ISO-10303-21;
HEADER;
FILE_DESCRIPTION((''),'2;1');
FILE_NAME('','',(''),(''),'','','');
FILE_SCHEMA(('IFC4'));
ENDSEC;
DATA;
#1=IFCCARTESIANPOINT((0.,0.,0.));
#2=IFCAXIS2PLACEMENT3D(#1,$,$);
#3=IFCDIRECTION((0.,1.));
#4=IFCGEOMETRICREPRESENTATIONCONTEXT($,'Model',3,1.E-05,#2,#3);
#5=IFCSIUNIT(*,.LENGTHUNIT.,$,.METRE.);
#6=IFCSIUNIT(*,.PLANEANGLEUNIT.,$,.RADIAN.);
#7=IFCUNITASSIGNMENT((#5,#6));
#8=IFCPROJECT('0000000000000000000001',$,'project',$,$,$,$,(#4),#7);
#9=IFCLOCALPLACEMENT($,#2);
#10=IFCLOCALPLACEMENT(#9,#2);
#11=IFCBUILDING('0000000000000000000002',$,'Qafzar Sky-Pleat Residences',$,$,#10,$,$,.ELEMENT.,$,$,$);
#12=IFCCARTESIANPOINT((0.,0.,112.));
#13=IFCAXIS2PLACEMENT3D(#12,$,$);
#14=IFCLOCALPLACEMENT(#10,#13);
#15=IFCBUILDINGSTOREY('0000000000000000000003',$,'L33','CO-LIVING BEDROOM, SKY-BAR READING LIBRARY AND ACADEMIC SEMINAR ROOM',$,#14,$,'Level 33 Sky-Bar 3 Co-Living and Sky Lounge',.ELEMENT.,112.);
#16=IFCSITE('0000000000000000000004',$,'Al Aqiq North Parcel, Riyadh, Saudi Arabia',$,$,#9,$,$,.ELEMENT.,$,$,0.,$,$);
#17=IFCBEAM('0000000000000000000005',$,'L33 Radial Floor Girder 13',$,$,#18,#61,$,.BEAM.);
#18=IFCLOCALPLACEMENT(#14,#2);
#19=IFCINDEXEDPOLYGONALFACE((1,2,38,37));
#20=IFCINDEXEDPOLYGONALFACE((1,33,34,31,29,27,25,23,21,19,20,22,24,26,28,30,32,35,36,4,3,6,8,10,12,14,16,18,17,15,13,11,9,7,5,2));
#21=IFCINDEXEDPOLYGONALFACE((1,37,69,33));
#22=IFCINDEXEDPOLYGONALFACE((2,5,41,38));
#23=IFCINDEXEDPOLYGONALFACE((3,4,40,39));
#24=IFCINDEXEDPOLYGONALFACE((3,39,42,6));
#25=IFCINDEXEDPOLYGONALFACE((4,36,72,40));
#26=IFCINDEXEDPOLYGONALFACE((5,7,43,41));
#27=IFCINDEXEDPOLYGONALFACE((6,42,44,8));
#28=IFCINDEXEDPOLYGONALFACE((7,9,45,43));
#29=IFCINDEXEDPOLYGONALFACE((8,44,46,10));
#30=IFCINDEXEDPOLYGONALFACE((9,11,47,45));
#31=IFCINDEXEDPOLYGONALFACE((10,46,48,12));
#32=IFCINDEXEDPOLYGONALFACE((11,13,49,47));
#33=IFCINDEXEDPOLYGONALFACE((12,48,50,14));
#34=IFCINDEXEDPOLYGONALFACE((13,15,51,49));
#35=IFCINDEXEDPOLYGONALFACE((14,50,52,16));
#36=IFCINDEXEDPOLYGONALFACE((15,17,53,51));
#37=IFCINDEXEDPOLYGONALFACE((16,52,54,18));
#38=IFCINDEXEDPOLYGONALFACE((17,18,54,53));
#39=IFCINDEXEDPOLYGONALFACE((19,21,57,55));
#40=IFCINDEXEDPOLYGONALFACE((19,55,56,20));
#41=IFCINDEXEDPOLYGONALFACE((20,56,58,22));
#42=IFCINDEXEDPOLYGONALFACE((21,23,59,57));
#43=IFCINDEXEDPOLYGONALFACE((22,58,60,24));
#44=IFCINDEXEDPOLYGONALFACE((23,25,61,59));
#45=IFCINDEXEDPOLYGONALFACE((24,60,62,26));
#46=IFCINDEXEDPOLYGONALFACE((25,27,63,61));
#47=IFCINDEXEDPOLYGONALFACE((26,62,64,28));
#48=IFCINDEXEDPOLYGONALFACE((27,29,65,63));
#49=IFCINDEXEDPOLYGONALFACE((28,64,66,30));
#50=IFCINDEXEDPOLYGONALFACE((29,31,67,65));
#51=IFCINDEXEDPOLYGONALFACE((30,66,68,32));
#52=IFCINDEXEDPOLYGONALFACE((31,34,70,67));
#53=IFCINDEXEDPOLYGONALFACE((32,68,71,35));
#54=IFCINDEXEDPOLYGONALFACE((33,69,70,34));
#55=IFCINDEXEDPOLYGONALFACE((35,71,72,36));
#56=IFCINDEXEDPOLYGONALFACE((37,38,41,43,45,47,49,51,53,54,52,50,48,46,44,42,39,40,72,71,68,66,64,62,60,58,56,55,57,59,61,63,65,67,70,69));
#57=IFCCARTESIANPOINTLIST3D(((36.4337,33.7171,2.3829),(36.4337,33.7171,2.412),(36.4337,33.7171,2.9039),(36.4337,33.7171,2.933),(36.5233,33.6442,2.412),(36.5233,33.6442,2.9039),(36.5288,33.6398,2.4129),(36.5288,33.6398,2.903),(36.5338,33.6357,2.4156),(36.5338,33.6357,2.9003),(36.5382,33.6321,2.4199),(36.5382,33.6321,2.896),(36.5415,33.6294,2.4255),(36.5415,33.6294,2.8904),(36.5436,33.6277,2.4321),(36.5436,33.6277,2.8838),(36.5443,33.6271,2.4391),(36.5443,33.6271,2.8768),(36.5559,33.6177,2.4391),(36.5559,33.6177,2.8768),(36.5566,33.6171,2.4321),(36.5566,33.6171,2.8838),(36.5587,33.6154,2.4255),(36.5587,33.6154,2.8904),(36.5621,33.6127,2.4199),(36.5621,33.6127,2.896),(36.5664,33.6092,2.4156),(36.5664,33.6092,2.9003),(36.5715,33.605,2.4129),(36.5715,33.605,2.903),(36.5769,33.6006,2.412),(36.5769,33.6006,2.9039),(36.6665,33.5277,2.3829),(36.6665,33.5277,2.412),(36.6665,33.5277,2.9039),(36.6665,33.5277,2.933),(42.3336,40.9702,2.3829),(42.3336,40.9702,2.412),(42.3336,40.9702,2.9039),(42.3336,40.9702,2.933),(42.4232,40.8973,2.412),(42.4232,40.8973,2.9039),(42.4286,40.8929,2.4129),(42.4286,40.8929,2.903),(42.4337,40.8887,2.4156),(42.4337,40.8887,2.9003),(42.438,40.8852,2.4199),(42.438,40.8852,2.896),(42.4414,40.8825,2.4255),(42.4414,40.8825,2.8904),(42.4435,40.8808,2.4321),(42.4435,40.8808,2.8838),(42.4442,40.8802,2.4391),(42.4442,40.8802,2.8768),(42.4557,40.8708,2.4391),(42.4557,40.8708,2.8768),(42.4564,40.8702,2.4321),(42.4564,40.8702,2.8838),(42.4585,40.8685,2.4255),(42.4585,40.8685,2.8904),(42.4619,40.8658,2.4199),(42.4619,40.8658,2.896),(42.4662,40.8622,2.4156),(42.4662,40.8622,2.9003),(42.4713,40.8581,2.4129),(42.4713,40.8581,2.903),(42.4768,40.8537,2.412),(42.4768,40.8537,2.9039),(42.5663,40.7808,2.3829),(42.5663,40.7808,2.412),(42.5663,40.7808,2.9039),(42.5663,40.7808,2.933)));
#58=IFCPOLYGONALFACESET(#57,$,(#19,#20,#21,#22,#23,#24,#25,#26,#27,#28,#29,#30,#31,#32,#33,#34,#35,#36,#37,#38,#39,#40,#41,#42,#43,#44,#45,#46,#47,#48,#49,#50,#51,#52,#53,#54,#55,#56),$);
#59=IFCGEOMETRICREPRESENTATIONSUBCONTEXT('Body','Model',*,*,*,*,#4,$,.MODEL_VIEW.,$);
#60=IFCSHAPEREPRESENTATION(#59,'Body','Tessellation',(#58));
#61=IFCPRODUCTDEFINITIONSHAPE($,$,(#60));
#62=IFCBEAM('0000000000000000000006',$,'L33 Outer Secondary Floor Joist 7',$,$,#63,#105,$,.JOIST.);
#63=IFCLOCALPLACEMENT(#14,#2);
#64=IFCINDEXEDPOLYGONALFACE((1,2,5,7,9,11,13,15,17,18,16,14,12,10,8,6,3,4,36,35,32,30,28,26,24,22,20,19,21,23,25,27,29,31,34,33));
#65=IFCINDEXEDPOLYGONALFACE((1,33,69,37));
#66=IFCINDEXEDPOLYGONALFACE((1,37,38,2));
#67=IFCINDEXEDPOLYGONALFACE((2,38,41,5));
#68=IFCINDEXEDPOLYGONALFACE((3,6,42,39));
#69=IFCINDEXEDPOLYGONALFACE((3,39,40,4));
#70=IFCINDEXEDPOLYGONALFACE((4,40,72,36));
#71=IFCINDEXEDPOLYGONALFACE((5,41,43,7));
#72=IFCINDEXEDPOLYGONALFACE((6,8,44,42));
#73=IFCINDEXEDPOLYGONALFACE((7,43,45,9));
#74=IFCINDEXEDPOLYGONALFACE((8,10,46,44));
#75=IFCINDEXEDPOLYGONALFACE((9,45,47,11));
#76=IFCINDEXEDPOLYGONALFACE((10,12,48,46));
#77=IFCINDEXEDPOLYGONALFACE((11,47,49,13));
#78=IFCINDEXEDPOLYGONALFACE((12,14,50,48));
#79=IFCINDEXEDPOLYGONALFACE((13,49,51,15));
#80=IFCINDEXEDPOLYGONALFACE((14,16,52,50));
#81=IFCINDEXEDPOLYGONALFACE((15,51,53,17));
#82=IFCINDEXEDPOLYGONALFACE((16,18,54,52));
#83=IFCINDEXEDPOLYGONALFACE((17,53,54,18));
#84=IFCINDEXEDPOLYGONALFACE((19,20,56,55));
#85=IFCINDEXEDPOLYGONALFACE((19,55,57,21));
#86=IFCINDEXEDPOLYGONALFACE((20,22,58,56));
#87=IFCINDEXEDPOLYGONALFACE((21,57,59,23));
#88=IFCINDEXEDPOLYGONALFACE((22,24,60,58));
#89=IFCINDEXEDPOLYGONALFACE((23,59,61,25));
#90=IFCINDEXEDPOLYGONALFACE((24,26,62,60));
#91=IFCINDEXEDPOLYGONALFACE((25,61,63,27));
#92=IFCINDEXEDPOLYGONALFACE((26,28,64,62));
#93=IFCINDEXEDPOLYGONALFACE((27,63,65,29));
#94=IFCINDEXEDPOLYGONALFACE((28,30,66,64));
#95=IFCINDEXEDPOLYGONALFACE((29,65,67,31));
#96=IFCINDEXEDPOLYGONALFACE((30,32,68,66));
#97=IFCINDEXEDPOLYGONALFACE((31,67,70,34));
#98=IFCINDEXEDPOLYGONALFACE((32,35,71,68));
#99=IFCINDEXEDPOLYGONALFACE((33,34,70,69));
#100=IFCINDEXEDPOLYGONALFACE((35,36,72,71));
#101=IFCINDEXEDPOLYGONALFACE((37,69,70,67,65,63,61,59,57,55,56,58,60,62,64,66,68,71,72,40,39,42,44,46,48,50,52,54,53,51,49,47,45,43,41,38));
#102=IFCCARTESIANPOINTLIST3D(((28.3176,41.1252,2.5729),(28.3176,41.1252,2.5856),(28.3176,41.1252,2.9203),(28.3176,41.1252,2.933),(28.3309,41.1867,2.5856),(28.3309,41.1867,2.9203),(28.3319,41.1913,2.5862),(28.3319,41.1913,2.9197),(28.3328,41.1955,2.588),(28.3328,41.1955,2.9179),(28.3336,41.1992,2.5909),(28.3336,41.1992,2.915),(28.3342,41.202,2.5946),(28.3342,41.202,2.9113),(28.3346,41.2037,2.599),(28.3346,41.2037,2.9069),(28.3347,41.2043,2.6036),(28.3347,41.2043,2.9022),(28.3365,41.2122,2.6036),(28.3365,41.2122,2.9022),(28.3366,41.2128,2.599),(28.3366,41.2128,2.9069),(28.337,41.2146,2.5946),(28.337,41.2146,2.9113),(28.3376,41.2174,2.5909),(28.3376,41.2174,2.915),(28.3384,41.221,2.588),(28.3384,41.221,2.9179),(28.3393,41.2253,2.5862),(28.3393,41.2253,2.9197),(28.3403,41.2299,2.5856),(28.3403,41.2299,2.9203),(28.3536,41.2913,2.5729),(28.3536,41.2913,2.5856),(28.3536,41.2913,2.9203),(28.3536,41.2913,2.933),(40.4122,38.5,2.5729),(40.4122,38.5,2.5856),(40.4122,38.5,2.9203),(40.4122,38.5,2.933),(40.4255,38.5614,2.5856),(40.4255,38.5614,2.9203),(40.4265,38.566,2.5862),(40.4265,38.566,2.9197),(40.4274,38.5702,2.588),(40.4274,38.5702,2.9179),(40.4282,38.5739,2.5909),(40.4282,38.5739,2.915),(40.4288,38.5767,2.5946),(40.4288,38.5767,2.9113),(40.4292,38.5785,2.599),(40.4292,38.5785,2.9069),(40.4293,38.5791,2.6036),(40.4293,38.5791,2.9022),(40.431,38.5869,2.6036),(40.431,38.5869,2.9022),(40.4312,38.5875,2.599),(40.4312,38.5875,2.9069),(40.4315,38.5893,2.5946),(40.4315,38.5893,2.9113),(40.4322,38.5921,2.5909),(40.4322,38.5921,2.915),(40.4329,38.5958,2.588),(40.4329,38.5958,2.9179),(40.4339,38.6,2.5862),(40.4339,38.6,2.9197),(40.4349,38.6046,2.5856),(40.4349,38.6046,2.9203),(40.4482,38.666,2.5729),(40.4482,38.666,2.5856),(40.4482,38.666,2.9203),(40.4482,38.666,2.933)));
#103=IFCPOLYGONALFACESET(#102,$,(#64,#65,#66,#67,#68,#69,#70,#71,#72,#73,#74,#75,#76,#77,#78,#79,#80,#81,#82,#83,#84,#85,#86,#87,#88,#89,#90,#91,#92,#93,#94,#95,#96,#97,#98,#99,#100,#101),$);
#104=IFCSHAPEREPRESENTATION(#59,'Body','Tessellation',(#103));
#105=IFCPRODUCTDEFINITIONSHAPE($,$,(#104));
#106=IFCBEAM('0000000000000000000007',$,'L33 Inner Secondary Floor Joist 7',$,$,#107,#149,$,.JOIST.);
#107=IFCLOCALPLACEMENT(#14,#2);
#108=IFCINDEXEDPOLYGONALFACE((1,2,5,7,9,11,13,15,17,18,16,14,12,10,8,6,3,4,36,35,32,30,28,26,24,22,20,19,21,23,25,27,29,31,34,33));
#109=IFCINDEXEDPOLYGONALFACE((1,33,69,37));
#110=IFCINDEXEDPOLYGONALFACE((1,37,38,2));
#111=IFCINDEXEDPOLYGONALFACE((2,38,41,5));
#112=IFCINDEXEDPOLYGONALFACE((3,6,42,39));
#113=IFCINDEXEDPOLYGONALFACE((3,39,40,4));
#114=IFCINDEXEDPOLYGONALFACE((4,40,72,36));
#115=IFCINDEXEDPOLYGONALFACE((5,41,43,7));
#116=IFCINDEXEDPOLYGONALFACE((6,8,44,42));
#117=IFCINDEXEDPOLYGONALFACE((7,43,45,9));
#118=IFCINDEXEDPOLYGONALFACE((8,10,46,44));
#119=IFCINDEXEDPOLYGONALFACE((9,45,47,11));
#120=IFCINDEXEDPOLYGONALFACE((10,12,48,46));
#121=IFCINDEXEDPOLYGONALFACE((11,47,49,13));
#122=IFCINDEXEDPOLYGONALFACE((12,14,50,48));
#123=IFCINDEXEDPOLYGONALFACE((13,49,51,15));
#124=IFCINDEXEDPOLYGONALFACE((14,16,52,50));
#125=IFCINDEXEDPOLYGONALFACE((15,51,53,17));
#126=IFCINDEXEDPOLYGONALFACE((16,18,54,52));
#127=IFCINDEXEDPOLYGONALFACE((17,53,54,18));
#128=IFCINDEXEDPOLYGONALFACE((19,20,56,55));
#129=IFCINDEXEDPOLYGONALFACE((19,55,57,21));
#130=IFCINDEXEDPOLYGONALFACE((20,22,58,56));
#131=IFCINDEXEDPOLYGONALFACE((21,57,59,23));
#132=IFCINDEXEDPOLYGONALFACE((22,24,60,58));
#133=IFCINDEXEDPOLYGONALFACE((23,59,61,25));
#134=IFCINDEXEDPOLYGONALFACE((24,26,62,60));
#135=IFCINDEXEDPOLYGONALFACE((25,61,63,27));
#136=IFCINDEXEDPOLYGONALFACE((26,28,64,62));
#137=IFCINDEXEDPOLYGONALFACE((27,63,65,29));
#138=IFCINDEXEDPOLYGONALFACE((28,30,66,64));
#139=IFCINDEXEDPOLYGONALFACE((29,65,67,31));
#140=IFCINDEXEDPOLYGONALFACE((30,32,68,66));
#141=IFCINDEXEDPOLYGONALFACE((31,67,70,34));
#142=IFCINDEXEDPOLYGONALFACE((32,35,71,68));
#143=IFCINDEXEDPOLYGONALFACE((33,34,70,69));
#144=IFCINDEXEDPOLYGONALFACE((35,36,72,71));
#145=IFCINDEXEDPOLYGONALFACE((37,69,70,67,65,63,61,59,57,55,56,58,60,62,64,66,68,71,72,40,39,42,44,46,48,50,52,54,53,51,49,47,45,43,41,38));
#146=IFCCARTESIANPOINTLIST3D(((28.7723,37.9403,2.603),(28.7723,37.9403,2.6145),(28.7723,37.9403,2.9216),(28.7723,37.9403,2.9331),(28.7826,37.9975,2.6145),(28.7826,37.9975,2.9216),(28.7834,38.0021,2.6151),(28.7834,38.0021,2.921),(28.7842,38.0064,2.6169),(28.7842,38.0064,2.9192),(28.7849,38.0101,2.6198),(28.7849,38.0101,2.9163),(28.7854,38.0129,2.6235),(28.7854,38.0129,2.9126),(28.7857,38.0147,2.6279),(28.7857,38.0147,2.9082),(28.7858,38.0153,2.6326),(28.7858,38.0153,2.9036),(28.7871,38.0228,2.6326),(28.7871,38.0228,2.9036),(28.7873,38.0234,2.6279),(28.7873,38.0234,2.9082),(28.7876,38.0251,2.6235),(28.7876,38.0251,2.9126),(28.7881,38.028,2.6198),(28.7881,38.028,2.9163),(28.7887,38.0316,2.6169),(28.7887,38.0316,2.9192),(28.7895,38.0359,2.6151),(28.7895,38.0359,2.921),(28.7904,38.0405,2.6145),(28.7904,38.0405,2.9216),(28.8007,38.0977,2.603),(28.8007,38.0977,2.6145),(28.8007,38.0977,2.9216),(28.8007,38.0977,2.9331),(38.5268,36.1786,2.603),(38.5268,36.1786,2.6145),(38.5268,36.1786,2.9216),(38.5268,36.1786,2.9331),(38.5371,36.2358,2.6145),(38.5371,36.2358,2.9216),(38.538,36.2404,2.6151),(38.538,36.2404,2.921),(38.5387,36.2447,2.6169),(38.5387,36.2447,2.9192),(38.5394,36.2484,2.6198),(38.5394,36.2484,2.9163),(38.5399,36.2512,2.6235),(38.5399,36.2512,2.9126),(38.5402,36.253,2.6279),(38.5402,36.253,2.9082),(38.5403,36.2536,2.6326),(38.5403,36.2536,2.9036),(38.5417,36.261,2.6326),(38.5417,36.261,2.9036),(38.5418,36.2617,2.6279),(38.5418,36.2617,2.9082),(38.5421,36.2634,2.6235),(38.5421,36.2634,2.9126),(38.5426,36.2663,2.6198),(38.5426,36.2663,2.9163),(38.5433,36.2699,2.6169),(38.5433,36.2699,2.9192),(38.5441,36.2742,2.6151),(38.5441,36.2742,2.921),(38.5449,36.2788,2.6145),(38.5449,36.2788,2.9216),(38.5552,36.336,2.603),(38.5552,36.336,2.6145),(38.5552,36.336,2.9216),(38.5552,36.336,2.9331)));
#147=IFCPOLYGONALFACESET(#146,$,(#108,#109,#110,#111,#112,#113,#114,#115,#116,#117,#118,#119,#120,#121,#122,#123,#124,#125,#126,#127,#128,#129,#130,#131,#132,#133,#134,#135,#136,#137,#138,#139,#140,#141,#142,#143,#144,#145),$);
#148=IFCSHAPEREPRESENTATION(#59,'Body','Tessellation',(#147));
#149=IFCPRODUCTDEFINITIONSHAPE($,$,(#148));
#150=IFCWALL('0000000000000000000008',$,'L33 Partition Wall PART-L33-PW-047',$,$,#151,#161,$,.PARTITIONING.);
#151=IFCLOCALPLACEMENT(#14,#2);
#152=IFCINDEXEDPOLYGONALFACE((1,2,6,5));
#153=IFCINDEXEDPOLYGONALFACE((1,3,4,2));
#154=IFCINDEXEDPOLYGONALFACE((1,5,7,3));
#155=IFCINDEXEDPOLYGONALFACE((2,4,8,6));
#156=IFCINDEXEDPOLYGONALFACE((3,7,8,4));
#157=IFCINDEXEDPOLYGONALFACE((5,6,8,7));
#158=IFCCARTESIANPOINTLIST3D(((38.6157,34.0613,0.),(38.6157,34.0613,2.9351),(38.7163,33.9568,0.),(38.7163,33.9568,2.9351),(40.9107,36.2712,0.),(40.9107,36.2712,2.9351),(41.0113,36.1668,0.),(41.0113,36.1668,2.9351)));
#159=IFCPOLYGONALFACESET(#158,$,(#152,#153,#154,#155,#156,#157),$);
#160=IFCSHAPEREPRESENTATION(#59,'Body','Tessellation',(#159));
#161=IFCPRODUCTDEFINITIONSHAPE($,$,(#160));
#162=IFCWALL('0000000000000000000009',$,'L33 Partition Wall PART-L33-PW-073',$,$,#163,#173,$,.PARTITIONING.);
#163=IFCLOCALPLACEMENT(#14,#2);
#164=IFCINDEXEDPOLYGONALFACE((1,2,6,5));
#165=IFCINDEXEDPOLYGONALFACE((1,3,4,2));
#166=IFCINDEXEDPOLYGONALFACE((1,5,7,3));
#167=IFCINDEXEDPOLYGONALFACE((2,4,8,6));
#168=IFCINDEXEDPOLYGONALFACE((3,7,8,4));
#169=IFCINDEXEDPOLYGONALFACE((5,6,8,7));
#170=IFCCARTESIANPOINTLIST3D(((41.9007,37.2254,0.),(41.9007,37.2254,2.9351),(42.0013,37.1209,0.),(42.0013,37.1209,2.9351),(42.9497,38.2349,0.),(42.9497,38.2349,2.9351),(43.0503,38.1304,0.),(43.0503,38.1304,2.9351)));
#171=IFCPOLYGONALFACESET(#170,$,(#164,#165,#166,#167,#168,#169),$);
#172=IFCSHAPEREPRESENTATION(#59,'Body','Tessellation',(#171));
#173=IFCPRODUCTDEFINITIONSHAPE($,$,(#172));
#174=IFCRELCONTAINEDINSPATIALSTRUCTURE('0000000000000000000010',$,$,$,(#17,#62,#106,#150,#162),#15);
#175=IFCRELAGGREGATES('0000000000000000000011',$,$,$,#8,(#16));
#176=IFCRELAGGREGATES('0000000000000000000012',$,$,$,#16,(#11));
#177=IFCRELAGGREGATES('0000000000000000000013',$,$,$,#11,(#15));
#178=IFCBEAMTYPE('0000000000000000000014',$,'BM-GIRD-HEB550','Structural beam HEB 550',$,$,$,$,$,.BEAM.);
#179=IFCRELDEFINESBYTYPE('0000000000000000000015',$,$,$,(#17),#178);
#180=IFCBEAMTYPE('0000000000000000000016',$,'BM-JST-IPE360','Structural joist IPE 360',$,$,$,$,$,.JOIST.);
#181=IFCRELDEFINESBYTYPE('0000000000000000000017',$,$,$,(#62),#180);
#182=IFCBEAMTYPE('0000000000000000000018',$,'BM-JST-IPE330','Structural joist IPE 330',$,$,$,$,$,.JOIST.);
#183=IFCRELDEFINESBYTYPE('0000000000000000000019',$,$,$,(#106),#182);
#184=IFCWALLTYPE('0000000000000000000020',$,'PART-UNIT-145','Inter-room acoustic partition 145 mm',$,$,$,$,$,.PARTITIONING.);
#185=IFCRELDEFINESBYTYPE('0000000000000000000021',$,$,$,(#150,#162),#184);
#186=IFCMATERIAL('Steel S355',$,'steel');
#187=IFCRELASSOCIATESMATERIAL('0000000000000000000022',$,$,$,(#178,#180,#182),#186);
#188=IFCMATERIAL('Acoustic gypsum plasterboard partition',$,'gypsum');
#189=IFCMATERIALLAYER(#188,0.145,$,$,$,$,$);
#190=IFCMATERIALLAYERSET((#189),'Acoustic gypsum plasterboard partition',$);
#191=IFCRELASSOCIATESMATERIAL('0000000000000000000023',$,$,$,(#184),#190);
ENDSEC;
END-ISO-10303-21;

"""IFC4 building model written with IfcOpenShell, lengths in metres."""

from ifc_helpers import new_model, si_unit, direction, frame, frame_2d, origin, origin_2d, place, context, subcontext, project, spatial, rectangle, i_section, extrude, source, transform, mapped, material, layer, layer_set, material_profile, profile_set, type_object, element, save


model = new_model("IFC4")

# Units and contexts
model_context = context("Model", 3, precision=1e-05, world=origin(), true_north=direction((0.0, 1.0)))
body_context = subcontext(model_context, "Body", "Model", "MODEL_VIEW")
ifc_project = project(units=[si_unit("LENGTHUNIT", "METRE"), si_unit("PLANEANGLEUNIT", "RADIAN")], contexts=[model_context])

# Site, building, storey
site_placement = place(None, origin())
site = spatial("IfcSite", under=ifc_project, at=site_placement, Name="Al Aqiq North Parcel, Riyadh, Saudi Arabia", CompositionType="ELEMENT", RefElevation=0.0)
building_placement = place(site_placement, origin())
building = spatial("IfcBuilding", under=site, at=building_placement, Name="Qafzar Sky-Pleat Residences", CompositionType="ELEMENT")
storey_placement = place(building_placement, frame((0.0, 0.0, 112.0)))
storey = spatial("IfcBuildingStorey", under=building, at=storey_placement, Name="L33", Description="CO-LIVING BEDROOM, SKY-BAR READING LIBRARY AND ACADEMIC SEMINAR ROOM", LongName="Level 33 Sky-Bar 3 Co-Living and Sky Lounge", CompositionType="ELEMENT", Elevation=112.0)

# Beams
ifc_material_1 = material(Name="Steel S355", Category="steel")
ifc_material_profile_1 = material_profile(ifc_material_1, i_section(OverallWidth=0.3, OverallDepth=0.55, WebThickness=0.0149, FlangeThickness=0.0291, FilletRadius=0.0271, at=origin_2d()), Name="HEB 550")
ifc_profile_set_1 = profile_set([ifc_material_profile_1], Name="Steel S355")
beam_type_1 = type_object("IfcBeamType", Name="BM-GIRD-HEB550", Description="Structural beam HEB 550", PredefinedType="BEAM", material=ifc_profile_set_1)
shared_shape_1 = source(origin(), body_context, "Body", "SweptSolid", [
    extrude(i_section(OverallWidth=0.3, OverallDepth=0.55, WebThickness=0.0149, FlangeThickness=0.0291, FilletRadius=0.0271, at=origin_2d()), origin(), (0.0, 0.0, 1.0), 9.3496),
])
beam_1_placement = place(storey_placement, frame((42.45, 40.8755, 2.658), z_axis=(-0.631024, -0.775763, 0.0), x_axis=(0.775763, -0.631024, 0.0)))
element("IfcBeam", 1, at=beam_1_placement, inside=storey, type_object=beam_type_1, Name="L33 Radial Floor Girder 13", PredefinedType="BEAM", context=body_context, shape_type="MappedRepresentation", body=[
    mapped(shared_shape_1, transform((0.0, 0.0, 0.0), x_axis=(1.0, 0.0, 0.0), y_axis=(0.0, 1.0, 0.0), z_axis=(0.0, 0.0, 1.0), scale=1.0)),
])
ifc_material_profile_2 = material_profile(ifc_material_1, i_section(OverallWidth=0.1699, OverallDepth=0.3601, WebThickness=0.0081, FlangeThickness=0.0127, FilletRadius=0.0181, at=origin_2d()), Name="IPE 360")
ifc_profile_set_2 = profile_set([ifc_material_profile_2], Name="Steel S355")
beam_type_2 = type_object("IfcBeamType", Name="BM-JST-IPE360", Description="Structural joist IPE 360", PredefinedType="JOIST", material=ifc_profile_set_2)
shared_shape_2 = source(origin(), body_context, "Body", "SweptSolid", [
    extrude(i_section(OverallWidth=0.1699, OverallDepth=0.3601, WebThickness=0.0081, FlangeThickness=0.0127, FilletRadius=0.0181, at=origin_2d()), origin(), (0.0, 0.0, 1.0), 12.3762),
])
beam_2_placement = place(storey_placement, frame((40.4302, 38.583, 2.7529), z_axis=(-0.977243, 0.212122, 0.0), x_axis=(-0.212122, -0.977243, 0.0)))
element("IfcBeam", 2, at=beam_2_placement, inside=storey, type_object=beam_type_2, Name="L33 Outer Secondary Floor Joist 7", PredefinedType="JOIST", context=body_context, shape_type="MappedRepresentation", body=[
    mapped(shared_shape_2, transform((0.0, 0.0, 0.0), x_axis=(1.0, 0.0, 0.0), y_axis=(0.0, 1.0, 0.0), z_axis=(0.0, 0.0, 1.0), scale=1.0)),
])
ifc_material_profile_3 = material_profile(ifc_material_1, i_section(OverallWidth=0.1599, OverallDepth=0.3301, WebThickness=0.0076, FlangeThickness=0.0115, FilletRadius=0.0181, at=origin_2d()), Name="IPE 330")
ifc_profile_set_3 = profile_set([ifc_material_profile_3], Name="Steel S355")
beam_type_3 = type_object("IfcBeamType", Name="BM-JST-IPE330", Description="Structural joist IPE 330", PredefinedType="JOIST", material=ifc_profile_set_3)
shared_shape_3 = source(origin(), body_context, "Body", "SweptSolid", [
    extrude(i_section(OverallWidth=0.1599, OverallDepth=0.3301, WebThickness=0.0076, FlangeThickness=0.0115, FilletRadius=0.0181, at=origin_2d()), origin(), (0.0, 0.0, 1.0), 9.9124),
])
beam_3_placement = place(storey_placement, frame((38.541, 36.2573, 2.7681), z_axis=(-0.98408, 0.177728, 0.0), x_axis=(-0.177728, -0.98408, 0.0)))
element("IfcBeam", 3, at=beam_3_placement, inside=storey, type_object=beam_type_3, Name="L33 Inner Secondary Floor Joist 7", PredefinedType="JOIST", context=body_context, shape_type="MappedRepresentation", body=[
    mapped(shared_shape_3, transform((0.0, 0.0, 0.0), x_axis=(1.0, 0.0, 0.0), y_axis=(0.0, 1.0, 0.0), z_axis=(0.0, 0.0, 1.0), scale=1.0)),
])

# Walls
ifc_material_2 = material(Name="Acoustic gypsum plasterboard partition", Category="gypsum")
ifc_layer_1 = layer(ifc_material_2, 0.145)
ifc_layer_set_1 = layer_set([ifc_layer_1], Name="Acoustic gypsum plasterboard partition")
wall_type_1 = type_object("IfcWallType", Name="PART-UNIT-145", Description="Inter-room acoustic partition 145 mm", PredefinedType="PARTITIONING", material=ifc_layer_set_1)
wall_1_placement = place(storey_placement, frame((38.666, 34.009, 0.0), z_axis=(0.0, 0.0, 1.0), x_axis=(0.720315, 0.693648, 0.0)))
element("IfcWall", 4, at=wall_1_placement, inside=storey, type_object=wall_type_1, Name="L33 Partition Wall PART-L33-PW-047", PredefinedType="PARTITIONING", context=body_context, shape_type="SweptSolid", body=[
    extrude(rectangle(XDim=3.186, YDim=0.145, at=frame_2d((1.593, 0.0))), origin(), (0.0, 0.0, 1.0), 2.9351),
])
wall_2_placement = place(storey_placement, frame((41.9509, 37.1731, 0.0), z_axis=(0.0, 0.0, 1.0), x_axis=(0.720559, 0.693394, 0.0)))
element("IfcWall", 5, at=wall_2_placement, inside=storey, type_object=wall_type_1, Name="L33 Partition Wall PART-L33-PW-073", PredefinedType="PARTITIONING", context=body_context, shape_type="SweptSolid", body=[
    extrude(rectangle(XDim=1.4558, YDim=0.145, at=frame_2d((0.728, 0.0))), origin(), (0.0, 0.0, 1.0), 2.9351),
])

save(model, "model.ifc")
